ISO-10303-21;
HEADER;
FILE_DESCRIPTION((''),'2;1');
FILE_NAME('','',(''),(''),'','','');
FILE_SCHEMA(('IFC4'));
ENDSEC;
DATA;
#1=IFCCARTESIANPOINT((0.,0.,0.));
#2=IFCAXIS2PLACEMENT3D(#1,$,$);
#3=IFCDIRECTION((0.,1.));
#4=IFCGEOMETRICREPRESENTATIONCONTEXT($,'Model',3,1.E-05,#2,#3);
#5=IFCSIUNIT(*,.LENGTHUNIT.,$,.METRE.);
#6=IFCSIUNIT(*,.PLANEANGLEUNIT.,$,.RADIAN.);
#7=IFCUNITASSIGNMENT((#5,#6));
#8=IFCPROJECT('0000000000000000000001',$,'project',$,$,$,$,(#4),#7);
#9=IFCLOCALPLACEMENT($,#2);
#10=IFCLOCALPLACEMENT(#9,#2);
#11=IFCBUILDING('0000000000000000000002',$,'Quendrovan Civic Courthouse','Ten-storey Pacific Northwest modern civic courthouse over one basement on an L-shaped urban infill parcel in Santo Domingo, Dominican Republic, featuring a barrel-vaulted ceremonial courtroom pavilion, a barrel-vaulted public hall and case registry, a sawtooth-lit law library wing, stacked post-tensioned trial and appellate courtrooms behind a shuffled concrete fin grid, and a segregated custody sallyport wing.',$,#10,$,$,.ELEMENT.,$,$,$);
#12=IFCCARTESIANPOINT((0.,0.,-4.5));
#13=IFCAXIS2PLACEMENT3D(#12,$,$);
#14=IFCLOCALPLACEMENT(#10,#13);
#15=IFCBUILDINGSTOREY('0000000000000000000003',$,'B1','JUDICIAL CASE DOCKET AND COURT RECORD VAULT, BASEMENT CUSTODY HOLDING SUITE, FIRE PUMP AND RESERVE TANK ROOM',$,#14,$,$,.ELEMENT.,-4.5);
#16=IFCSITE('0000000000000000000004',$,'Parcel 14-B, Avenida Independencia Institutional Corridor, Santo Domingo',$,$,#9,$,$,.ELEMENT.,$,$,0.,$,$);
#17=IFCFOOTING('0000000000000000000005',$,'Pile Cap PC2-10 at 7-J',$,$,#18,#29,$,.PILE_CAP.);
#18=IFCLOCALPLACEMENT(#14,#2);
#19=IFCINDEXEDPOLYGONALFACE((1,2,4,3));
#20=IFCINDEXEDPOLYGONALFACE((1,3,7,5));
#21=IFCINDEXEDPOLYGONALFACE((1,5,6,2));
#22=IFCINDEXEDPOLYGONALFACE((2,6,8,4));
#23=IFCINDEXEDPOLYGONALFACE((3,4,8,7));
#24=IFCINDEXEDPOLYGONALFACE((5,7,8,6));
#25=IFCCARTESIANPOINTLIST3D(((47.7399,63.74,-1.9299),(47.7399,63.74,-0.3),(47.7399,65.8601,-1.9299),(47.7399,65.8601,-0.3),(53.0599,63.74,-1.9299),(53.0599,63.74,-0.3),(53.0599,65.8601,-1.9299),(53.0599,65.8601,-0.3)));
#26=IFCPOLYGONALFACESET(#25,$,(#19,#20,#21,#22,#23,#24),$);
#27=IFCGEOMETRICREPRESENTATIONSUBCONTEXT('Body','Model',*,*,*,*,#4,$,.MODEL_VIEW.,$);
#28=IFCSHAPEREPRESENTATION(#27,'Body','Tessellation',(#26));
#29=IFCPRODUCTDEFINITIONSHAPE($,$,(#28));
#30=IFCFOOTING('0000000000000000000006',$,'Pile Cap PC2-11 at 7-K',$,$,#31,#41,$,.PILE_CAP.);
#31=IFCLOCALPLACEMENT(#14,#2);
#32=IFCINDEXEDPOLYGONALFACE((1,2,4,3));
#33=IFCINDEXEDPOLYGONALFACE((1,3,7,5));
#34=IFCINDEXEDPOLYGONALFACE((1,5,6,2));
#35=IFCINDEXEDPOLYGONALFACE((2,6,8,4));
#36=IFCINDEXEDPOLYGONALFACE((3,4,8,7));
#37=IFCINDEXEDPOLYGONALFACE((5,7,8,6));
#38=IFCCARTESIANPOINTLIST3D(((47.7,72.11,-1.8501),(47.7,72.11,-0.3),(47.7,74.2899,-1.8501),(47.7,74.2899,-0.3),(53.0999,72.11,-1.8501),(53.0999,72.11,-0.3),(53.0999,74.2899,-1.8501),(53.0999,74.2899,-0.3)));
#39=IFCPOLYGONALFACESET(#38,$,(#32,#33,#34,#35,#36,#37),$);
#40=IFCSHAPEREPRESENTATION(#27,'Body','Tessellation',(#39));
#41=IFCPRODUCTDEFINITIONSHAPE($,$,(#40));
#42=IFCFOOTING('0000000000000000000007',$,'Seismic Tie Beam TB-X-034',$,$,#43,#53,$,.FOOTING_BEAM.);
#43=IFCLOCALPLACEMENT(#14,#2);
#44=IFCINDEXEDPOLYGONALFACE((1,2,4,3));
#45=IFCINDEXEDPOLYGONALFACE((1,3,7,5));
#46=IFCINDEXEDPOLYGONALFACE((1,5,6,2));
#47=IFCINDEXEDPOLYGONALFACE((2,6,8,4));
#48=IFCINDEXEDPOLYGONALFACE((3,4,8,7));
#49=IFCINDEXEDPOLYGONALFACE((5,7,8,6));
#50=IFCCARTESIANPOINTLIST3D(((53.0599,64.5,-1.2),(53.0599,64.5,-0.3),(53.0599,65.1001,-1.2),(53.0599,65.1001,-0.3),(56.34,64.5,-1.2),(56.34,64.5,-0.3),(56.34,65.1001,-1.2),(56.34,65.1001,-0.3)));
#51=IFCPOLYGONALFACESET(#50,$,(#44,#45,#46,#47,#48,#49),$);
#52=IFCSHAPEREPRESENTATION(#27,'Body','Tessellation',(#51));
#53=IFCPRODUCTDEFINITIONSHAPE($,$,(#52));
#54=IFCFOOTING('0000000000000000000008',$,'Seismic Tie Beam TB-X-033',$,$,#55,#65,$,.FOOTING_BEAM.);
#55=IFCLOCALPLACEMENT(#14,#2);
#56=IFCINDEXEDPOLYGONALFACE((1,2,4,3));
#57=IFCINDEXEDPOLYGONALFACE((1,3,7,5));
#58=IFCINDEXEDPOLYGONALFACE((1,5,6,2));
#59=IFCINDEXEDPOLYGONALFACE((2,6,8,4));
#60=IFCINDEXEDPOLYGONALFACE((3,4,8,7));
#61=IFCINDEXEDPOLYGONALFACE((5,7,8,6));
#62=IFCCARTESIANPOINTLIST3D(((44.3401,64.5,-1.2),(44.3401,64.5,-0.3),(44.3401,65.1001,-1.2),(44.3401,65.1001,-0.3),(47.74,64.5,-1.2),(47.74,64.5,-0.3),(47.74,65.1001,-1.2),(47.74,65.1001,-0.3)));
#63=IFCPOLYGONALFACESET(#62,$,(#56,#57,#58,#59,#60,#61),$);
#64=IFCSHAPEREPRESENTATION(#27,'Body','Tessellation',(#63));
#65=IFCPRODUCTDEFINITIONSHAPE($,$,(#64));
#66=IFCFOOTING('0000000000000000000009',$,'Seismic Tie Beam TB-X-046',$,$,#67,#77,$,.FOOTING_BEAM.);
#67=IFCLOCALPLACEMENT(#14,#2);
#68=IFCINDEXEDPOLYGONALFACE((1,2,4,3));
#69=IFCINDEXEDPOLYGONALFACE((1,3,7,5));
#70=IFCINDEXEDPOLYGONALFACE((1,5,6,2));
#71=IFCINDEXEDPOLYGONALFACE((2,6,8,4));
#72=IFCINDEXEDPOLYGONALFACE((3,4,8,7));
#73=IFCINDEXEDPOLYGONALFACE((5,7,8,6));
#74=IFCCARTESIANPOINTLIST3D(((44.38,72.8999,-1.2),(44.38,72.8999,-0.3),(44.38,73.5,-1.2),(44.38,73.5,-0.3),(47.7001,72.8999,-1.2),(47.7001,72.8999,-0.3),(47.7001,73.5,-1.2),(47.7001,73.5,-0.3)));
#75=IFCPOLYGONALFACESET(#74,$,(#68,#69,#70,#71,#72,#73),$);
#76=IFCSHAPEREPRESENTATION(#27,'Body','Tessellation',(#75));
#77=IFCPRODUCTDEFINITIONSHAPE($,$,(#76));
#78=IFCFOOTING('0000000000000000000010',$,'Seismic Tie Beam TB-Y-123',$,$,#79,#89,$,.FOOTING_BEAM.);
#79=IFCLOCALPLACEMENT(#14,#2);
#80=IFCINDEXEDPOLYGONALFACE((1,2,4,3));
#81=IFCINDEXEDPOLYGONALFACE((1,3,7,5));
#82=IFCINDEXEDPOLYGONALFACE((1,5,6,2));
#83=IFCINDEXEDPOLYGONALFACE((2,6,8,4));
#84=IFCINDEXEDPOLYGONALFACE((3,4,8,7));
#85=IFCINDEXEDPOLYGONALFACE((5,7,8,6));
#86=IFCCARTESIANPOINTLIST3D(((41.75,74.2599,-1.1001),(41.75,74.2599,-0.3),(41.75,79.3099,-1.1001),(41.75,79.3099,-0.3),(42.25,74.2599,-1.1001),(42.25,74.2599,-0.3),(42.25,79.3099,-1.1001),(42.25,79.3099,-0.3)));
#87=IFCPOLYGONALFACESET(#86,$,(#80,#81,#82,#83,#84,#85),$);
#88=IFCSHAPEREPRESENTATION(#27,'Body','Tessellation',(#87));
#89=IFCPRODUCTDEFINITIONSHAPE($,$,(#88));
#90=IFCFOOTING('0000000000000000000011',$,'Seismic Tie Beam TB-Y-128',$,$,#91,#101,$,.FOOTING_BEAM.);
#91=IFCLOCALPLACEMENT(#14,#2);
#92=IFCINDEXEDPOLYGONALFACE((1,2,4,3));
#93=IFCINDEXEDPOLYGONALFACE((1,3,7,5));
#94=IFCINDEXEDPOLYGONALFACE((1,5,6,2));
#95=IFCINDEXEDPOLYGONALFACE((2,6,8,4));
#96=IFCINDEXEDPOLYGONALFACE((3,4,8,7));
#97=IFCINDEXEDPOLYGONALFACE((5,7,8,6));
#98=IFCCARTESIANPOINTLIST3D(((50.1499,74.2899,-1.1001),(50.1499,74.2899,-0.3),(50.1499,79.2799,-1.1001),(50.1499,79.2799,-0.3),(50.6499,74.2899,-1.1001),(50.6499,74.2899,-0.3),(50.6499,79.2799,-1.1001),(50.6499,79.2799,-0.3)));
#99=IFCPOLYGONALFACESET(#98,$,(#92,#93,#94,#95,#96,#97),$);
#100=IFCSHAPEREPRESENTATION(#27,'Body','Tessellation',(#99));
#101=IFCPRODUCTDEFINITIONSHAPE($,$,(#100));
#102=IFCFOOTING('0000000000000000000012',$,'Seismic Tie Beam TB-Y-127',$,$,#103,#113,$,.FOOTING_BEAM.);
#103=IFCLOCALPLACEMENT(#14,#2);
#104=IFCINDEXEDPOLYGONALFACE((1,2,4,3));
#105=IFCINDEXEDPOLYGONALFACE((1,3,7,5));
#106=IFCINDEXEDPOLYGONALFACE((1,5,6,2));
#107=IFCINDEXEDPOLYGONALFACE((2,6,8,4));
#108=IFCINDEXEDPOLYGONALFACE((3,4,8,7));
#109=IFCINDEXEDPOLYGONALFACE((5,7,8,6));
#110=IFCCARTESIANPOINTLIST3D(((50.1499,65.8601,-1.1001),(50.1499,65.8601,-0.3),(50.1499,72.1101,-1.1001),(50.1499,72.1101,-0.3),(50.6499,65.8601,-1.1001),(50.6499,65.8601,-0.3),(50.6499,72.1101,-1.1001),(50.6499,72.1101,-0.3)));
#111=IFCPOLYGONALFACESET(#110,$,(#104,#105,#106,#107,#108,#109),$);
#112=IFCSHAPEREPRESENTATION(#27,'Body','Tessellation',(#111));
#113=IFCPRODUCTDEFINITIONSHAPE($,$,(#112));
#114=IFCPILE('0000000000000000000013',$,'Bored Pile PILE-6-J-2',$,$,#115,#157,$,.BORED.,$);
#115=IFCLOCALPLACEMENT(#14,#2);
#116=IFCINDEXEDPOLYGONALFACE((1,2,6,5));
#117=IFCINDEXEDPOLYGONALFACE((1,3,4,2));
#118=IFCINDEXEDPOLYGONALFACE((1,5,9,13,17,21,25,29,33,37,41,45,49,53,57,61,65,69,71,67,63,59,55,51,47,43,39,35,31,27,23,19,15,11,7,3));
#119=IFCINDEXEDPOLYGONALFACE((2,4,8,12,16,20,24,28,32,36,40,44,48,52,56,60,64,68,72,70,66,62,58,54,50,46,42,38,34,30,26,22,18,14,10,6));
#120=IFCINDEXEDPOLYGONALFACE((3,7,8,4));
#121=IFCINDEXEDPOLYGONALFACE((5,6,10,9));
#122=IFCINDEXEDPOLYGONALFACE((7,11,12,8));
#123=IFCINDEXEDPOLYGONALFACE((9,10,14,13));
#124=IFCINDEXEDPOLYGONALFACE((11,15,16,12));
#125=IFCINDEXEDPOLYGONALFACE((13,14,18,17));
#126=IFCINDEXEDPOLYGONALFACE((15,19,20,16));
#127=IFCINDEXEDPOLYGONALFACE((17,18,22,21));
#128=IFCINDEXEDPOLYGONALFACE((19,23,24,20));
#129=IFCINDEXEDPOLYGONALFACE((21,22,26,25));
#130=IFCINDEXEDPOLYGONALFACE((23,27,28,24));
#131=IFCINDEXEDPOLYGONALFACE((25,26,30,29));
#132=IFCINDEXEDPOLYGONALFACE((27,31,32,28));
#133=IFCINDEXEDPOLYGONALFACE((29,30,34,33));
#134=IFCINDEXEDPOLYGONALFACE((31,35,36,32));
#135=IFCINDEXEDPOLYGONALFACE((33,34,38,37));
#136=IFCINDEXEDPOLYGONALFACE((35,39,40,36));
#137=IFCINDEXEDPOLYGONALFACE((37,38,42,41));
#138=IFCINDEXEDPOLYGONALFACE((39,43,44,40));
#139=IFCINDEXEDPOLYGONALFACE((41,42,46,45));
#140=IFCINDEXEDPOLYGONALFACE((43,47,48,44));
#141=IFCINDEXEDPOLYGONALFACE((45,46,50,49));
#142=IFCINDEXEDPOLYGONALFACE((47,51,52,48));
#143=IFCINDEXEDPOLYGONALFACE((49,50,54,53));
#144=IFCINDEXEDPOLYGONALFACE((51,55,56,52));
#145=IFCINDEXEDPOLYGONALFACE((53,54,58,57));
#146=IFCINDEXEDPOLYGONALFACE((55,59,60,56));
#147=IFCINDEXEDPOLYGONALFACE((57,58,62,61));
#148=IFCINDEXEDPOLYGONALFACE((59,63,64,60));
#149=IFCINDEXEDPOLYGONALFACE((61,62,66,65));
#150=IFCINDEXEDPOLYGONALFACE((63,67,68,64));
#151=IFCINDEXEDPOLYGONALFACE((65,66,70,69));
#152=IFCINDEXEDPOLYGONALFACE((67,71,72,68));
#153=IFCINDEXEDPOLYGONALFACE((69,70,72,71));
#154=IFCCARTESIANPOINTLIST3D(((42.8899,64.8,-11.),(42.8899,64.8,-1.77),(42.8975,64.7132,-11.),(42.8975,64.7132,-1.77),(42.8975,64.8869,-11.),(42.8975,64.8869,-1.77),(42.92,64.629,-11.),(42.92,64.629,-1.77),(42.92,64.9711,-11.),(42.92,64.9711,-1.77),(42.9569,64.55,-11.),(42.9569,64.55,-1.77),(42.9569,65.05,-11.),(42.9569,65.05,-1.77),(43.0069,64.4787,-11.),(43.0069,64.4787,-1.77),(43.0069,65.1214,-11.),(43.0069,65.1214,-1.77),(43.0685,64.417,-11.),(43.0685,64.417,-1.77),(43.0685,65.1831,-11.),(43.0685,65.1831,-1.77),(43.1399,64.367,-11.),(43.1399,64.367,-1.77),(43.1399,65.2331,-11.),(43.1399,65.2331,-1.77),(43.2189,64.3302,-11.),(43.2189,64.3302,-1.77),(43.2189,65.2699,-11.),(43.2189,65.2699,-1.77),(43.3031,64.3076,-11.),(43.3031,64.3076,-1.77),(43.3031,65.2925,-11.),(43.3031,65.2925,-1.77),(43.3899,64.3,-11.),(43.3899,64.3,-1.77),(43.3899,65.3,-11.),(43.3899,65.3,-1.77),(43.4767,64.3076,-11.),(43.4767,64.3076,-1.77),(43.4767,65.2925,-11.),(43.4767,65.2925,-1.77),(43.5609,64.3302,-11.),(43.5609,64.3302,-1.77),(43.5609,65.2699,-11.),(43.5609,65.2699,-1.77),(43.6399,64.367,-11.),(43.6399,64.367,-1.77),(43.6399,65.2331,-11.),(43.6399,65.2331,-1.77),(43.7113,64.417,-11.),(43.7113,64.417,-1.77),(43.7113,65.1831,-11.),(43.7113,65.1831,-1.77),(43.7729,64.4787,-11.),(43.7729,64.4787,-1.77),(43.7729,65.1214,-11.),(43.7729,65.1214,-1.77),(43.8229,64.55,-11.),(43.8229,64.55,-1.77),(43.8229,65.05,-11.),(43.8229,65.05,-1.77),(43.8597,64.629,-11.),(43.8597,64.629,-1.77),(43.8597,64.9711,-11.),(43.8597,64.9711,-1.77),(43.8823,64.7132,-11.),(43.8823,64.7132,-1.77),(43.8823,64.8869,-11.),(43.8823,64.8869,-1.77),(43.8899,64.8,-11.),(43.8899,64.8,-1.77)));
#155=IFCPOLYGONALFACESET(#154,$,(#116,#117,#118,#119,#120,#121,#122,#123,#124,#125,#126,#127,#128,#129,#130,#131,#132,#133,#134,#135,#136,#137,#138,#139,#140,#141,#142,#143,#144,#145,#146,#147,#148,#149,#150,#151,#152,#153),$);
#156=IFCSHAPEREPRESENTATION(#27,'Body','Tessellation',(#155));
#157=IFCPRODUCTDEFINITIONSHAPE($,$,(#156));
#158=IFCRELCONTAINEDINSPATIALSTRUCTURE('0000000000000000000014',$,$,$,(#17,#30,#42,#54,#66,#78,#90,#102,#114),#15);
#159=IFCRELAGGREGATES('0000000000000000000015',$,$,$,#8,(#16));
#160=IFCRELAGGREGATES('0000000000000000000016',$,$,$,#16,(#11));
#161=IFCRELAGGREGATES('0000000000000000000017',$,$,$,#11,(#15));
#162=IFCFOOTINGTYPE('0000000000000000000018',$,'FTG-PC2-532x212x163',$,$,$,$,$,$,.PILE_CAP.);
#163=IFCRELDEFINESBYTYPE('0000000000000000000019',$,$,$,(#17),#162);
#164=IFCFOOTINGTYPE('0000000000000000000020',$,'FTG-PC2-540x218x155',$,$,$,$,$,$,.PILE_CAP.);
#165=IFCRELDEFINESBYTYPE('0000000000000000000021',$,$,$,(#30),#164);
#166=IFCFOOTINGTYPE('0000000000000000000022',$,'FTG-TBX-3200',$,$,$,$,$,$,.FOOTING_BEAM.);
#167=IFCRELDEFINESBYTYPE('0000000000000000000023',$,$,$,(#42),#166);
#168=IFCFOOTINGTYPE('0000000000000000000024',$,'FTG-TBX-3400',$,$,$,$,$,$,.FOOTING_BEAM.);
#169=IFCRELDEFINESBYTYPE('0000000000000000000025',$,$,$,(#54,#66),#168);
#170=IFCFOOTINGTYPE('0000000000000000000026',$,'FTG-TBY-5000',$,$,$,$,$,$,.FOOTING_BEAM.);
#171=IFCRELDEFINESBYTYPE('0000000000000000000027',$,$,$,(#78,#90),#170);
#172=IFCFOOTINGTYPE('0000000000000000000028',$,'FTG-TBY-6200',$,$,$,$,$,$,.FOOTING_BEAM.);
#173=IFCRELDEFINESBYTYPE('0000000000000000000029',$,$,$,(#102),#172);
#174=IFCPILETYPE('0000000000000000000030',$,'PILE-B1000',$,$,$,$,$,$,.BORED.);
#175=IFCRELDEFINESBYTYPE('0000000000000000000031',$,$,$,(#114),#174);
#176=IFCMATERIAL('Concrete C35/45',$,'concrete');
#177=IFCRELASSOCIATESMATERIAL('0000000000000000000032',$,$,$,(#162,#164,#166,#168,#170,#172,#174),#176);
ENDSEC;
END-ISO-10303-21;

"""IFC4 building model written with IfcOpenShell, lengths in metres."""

from ifc_helpers import new_model, si_unit, direction, frame, origin, origin_2d, place, context, subcontext, project, spatial, rectangle, circle, extrude, material, material_profile, profile_set, type_object, element, save


model = new_model("IFC4")

# Units and contexts
model_context = context("Model", 3, precision=1e-05, world=origin(), true_north=direction((0.0, 1.0)))
body_context = subcontext(model_context, "Body", "Model", "MODEL_VIEW")
ifc_project = project(units=[si_unit("LENGTHUNIT", "METRE"), si_unit("PLANEANGLEUNIT", "RADIAN")], contexts=[model_context])

# Site, building, storey
site_placement = place(None, origin())
site = spatial("IfcSite", under=ifc_project, at=site_placement, Name="Parcel 14-B, Avenida Independencia Institutional Corridor, Santo Domingo", CompositionType="ELEMENT", RefElevation=0.0)
building_placement = place(site_placement, origin())
building = spatial("IfcBuilding", under=site, at=building_placement, Name="Quendrovan Civic Courthouse", Description="Ten-storey Pacific Northwest modern civic courthouse over one basement on an L-shaped urban infill parcel in Santo Domingo, Dominican Republic, featuring a barrel-vaulted ceremonial courtroom pavilion, a barrel-vaulted public hall and case registry, a sawtooth-lit law library wing, stacked post-tensioned trial and appellate courtrooms behind a shuffled concrete fin grid, and a segregated custody sallyport wing.", CompositionType="ELEMENT")
storey_placement = place(building_placement, frame((0.0, 0.0, -4.5)))
storey = spatial("IfcBuildingStorey", under=building, at=storey_placement, Name="B1", Description="JUDICIAL CASE DOCKET AND COURT RECORD VAULT, BASEMENT CUSTODY HOLDING SUITE, FIRE PUMP AND RESERVE TANK ROOM", CompositionType="ELEMENT", Elevation=-4.5)

# Footings
ifc_material_1 = material(Name="Concrete C35/45", Category="concrete")
footing_type_1 = type_object("IfcFootingType", Name="FTG-PC2-532x212x163", PredefinedType="PILE_CAP", material=ifc_material_1)
footing_1_placement = place(storey_placement, frame((50.3999, 64.8, -1.9299), z_axis=(0.0, 0.0, 1.0), x_axis=(1.0, 0.0, 0.0)))
element("IfcFooting", 1, at=footing_1_placement, inside=storey, type_object=footing_type_1, Name="Pile Cap PC2-10 at 7-J", PredefinedType="PILE_CAP", context=body_context, shape_type="SweptSolid", body=[
    extrude(rectangle(XDim=5.3201, YDim=2.1201, at=origin_2d()), origin(), (0.0, 0.0, 1.0), 1.6299),
])
footing_type_2 = type_object("IfcFootingType", Name="FTG-PC2-540x218x155", PredefinedType="PILE_CAP", material=ifc_material_1)
footing_2_placement = place(storey_placement, frame((50.3999, 73.2, -1.8501), z_axis=(0.0, 0.0, 1.0), x_axis=(1.0, 0.0, 0.0)))
element("IfcFooting", 2, at=footing_2_placement, inside=storey, type_object=footing_type_2, Name="Pile Cap PC2-11 at 7-K", PredefinedType="PILE_CAP", context=body_context, shape_type="SweptSolid", body=[
    extrude(rectangle(XDim=5.3999, YDim=2.1799, at=origin_2d()), origin(), (0.0, 0.0, 1.0), 1.55),
])
footing_type_3 = type_object("IfcFootingType", Name="FTG-TBX-3200", PredefinedType="FOOTING_BEAM", material=ifc_material_1)
footing_3_placement = place(storey_placement, frame((54.7, 64.8, -1.2), z_axis=(0.0, 0.0, 1.0), x_axis=(1.0, 0.0, 0.0)))
element("IfcFooting", 3, at=footing_3_placement, inside=storey, type_object=footing_type_3, Name="Seismic Tie Beam TB-X-034", PredefinedType="FOOTING_BEAM", context=body_context, shape_type="SweptSolid", body=[
    extrude(rectangle(XDim=3.28, YDim=0.6001, at=origin_2d()), origin(), (0.0, 0.0, 1.0), 0.8999),
])
footing_type_4 = type_object("IfcFootingType", Name="FTG-TBX-3400", PredefinedType="FOOTING_BEAM", material=ifc_material_1)
footing_4_placement = place(storey_placement, frame((46.04, 64.8, -1.2), z_axis=(0.0, 0.0, 1.0), x_axis=(1.0, 0.0, 0.0)))
element("IfcFooting", 4, at=footing_4_placement, inside=storey, type_object=footing_type_4, Name="Seismic Tie Beam TB-X-033", PredefinedType="FOOTING_BEAM", context=body_context, shape_type="SweptSolid", body=[
    extrude(rectangle(XDim=3.3999, YDim=0.6001, at=origin_2d()), origin(), (0.0, 0.0, 1.0), 0.8999),
])
footing_5_placement = place(storey_placement, frame((46.04, 73.2, -1.2), z_axis=(0.0, 0.0, 1.0), x_axis=(1.0, 0.0, 0.0)))
element("IfcFooting", 5, at=footing_5_placement, inside=storey, type_object=footing_type_4, Name="Seismic Tie Beam TB-X-046", PredefinedType="FOOTING_BEAM", context=body_context, shape_type="SweptSolid", body=[
    extrude(rectangle(XDim=3.3201, YDim=0.6001, at=origin_2d()), origin(), (0.0, 0.0, 1.0), 0.8999),
])
footing_type_5 = type_object("IfcFootingType", Name="FTG-TBY-5000", PredefinedType="FOOTING_BEAM", material=ifc_material_1)
footing_6_placement = place(storey_placement, frame((42.0, 76.7849, -1.1001), z_axis=(0.0, 0.0, 1.0), x_axis=(1.0, 0.0, 0.0)))
element("IfcFooting", 6, at=footing_6_placement, inside=storey, type_object=footing_type_5, Name="Seismic Tie Beam TB-Y-123", PredefinedType="FOOTING_BEAM", context=body_context, shape_type="SweptSolid", body=[
    extrude(rectangle(XDim=0.5, YDim=5.05, at=origin_2d()), origin(), (0.0, 0.0, 1.0), 0.8),
])
footing_7_placement = place(storey_placement, frame((50.3999, 76.7849, -1.1001), z_axis=(0.0, 0.0, 1.0), x_axis=(1.0, 0.0, 0.0)))
element("IfcFooting", 7, at=footing_7_placement, inside=storey, type_object=footing_type_5, Name="Seismic Tie Beam TB-Y-128", PredefinedType="FOOTING_BEAM", context=body_context, shape_type="SweptSolid", body=[
    extrude(rectangle(XDim=0.5, YDim=4.99, at=origin_2d()), origin(), (0.0, 0.0, 1.0), 0.8),
])
footing_type_6 = type_object("IfcFootingType", Name="FTG-TBY-6200", PredefinedType="FOOTING_BEAM", material=ifc_material_1)
footing_8_placement = place(storey_placement, frame((50.3999, 68.9851, -1.1001), z_axis=(0.0, 0.0, 1.0), x_axis=(1.0, 0.0, 0.0)))
element("IfcFooting", 8, at=footing_8_placement, inside=storey, type_object=footing_type_6, Name="Seismic Tie Beam TB-Y-127", PredefinedType="FOOTING_BEAM", context=body_context, shape_type="SweptSolid", body=[
    extrude(rectangle(XDim=0.5, YDim=6.25, at=origin_2d()), origin(), (0.0, 0.0, 1.0), 0.8),
])

# Pile
ifc_material_profile_1 = material_profile(ifc_material_1, circle(Radius=0.5, at=origin_2d()), Name="PILE-D1000")
ifc_profile_set_1 = profile_set([ifc_material_profile_1], Name="Concrete C35/45")
pile_type = type_object("IfcPileType", Name="PILE-B1000", PredefinedType="BORED", material=ifc_profile_set_1)
pile_1_placement = place(storey_placement, frame((43.3899, 64.8, -1.77), z_axis=(0.0, 0.0, -1.0), x_axis=(1.0, 0.0, 0.0)))
element("IfcPile", 9, at=pile_1_placement, inside=storey, type_object=pile_type, Name="Bored Pile PILE-6-J-2", PredefinedType="BORED", context=body_context, shape_type="SweptSolid", body=[
    extrude(circle(Radius=0.5, at=origin_2d()), origin(), (0.0, 0.0, 1.0), 9.23),
])

save(model, "model.ifc")
